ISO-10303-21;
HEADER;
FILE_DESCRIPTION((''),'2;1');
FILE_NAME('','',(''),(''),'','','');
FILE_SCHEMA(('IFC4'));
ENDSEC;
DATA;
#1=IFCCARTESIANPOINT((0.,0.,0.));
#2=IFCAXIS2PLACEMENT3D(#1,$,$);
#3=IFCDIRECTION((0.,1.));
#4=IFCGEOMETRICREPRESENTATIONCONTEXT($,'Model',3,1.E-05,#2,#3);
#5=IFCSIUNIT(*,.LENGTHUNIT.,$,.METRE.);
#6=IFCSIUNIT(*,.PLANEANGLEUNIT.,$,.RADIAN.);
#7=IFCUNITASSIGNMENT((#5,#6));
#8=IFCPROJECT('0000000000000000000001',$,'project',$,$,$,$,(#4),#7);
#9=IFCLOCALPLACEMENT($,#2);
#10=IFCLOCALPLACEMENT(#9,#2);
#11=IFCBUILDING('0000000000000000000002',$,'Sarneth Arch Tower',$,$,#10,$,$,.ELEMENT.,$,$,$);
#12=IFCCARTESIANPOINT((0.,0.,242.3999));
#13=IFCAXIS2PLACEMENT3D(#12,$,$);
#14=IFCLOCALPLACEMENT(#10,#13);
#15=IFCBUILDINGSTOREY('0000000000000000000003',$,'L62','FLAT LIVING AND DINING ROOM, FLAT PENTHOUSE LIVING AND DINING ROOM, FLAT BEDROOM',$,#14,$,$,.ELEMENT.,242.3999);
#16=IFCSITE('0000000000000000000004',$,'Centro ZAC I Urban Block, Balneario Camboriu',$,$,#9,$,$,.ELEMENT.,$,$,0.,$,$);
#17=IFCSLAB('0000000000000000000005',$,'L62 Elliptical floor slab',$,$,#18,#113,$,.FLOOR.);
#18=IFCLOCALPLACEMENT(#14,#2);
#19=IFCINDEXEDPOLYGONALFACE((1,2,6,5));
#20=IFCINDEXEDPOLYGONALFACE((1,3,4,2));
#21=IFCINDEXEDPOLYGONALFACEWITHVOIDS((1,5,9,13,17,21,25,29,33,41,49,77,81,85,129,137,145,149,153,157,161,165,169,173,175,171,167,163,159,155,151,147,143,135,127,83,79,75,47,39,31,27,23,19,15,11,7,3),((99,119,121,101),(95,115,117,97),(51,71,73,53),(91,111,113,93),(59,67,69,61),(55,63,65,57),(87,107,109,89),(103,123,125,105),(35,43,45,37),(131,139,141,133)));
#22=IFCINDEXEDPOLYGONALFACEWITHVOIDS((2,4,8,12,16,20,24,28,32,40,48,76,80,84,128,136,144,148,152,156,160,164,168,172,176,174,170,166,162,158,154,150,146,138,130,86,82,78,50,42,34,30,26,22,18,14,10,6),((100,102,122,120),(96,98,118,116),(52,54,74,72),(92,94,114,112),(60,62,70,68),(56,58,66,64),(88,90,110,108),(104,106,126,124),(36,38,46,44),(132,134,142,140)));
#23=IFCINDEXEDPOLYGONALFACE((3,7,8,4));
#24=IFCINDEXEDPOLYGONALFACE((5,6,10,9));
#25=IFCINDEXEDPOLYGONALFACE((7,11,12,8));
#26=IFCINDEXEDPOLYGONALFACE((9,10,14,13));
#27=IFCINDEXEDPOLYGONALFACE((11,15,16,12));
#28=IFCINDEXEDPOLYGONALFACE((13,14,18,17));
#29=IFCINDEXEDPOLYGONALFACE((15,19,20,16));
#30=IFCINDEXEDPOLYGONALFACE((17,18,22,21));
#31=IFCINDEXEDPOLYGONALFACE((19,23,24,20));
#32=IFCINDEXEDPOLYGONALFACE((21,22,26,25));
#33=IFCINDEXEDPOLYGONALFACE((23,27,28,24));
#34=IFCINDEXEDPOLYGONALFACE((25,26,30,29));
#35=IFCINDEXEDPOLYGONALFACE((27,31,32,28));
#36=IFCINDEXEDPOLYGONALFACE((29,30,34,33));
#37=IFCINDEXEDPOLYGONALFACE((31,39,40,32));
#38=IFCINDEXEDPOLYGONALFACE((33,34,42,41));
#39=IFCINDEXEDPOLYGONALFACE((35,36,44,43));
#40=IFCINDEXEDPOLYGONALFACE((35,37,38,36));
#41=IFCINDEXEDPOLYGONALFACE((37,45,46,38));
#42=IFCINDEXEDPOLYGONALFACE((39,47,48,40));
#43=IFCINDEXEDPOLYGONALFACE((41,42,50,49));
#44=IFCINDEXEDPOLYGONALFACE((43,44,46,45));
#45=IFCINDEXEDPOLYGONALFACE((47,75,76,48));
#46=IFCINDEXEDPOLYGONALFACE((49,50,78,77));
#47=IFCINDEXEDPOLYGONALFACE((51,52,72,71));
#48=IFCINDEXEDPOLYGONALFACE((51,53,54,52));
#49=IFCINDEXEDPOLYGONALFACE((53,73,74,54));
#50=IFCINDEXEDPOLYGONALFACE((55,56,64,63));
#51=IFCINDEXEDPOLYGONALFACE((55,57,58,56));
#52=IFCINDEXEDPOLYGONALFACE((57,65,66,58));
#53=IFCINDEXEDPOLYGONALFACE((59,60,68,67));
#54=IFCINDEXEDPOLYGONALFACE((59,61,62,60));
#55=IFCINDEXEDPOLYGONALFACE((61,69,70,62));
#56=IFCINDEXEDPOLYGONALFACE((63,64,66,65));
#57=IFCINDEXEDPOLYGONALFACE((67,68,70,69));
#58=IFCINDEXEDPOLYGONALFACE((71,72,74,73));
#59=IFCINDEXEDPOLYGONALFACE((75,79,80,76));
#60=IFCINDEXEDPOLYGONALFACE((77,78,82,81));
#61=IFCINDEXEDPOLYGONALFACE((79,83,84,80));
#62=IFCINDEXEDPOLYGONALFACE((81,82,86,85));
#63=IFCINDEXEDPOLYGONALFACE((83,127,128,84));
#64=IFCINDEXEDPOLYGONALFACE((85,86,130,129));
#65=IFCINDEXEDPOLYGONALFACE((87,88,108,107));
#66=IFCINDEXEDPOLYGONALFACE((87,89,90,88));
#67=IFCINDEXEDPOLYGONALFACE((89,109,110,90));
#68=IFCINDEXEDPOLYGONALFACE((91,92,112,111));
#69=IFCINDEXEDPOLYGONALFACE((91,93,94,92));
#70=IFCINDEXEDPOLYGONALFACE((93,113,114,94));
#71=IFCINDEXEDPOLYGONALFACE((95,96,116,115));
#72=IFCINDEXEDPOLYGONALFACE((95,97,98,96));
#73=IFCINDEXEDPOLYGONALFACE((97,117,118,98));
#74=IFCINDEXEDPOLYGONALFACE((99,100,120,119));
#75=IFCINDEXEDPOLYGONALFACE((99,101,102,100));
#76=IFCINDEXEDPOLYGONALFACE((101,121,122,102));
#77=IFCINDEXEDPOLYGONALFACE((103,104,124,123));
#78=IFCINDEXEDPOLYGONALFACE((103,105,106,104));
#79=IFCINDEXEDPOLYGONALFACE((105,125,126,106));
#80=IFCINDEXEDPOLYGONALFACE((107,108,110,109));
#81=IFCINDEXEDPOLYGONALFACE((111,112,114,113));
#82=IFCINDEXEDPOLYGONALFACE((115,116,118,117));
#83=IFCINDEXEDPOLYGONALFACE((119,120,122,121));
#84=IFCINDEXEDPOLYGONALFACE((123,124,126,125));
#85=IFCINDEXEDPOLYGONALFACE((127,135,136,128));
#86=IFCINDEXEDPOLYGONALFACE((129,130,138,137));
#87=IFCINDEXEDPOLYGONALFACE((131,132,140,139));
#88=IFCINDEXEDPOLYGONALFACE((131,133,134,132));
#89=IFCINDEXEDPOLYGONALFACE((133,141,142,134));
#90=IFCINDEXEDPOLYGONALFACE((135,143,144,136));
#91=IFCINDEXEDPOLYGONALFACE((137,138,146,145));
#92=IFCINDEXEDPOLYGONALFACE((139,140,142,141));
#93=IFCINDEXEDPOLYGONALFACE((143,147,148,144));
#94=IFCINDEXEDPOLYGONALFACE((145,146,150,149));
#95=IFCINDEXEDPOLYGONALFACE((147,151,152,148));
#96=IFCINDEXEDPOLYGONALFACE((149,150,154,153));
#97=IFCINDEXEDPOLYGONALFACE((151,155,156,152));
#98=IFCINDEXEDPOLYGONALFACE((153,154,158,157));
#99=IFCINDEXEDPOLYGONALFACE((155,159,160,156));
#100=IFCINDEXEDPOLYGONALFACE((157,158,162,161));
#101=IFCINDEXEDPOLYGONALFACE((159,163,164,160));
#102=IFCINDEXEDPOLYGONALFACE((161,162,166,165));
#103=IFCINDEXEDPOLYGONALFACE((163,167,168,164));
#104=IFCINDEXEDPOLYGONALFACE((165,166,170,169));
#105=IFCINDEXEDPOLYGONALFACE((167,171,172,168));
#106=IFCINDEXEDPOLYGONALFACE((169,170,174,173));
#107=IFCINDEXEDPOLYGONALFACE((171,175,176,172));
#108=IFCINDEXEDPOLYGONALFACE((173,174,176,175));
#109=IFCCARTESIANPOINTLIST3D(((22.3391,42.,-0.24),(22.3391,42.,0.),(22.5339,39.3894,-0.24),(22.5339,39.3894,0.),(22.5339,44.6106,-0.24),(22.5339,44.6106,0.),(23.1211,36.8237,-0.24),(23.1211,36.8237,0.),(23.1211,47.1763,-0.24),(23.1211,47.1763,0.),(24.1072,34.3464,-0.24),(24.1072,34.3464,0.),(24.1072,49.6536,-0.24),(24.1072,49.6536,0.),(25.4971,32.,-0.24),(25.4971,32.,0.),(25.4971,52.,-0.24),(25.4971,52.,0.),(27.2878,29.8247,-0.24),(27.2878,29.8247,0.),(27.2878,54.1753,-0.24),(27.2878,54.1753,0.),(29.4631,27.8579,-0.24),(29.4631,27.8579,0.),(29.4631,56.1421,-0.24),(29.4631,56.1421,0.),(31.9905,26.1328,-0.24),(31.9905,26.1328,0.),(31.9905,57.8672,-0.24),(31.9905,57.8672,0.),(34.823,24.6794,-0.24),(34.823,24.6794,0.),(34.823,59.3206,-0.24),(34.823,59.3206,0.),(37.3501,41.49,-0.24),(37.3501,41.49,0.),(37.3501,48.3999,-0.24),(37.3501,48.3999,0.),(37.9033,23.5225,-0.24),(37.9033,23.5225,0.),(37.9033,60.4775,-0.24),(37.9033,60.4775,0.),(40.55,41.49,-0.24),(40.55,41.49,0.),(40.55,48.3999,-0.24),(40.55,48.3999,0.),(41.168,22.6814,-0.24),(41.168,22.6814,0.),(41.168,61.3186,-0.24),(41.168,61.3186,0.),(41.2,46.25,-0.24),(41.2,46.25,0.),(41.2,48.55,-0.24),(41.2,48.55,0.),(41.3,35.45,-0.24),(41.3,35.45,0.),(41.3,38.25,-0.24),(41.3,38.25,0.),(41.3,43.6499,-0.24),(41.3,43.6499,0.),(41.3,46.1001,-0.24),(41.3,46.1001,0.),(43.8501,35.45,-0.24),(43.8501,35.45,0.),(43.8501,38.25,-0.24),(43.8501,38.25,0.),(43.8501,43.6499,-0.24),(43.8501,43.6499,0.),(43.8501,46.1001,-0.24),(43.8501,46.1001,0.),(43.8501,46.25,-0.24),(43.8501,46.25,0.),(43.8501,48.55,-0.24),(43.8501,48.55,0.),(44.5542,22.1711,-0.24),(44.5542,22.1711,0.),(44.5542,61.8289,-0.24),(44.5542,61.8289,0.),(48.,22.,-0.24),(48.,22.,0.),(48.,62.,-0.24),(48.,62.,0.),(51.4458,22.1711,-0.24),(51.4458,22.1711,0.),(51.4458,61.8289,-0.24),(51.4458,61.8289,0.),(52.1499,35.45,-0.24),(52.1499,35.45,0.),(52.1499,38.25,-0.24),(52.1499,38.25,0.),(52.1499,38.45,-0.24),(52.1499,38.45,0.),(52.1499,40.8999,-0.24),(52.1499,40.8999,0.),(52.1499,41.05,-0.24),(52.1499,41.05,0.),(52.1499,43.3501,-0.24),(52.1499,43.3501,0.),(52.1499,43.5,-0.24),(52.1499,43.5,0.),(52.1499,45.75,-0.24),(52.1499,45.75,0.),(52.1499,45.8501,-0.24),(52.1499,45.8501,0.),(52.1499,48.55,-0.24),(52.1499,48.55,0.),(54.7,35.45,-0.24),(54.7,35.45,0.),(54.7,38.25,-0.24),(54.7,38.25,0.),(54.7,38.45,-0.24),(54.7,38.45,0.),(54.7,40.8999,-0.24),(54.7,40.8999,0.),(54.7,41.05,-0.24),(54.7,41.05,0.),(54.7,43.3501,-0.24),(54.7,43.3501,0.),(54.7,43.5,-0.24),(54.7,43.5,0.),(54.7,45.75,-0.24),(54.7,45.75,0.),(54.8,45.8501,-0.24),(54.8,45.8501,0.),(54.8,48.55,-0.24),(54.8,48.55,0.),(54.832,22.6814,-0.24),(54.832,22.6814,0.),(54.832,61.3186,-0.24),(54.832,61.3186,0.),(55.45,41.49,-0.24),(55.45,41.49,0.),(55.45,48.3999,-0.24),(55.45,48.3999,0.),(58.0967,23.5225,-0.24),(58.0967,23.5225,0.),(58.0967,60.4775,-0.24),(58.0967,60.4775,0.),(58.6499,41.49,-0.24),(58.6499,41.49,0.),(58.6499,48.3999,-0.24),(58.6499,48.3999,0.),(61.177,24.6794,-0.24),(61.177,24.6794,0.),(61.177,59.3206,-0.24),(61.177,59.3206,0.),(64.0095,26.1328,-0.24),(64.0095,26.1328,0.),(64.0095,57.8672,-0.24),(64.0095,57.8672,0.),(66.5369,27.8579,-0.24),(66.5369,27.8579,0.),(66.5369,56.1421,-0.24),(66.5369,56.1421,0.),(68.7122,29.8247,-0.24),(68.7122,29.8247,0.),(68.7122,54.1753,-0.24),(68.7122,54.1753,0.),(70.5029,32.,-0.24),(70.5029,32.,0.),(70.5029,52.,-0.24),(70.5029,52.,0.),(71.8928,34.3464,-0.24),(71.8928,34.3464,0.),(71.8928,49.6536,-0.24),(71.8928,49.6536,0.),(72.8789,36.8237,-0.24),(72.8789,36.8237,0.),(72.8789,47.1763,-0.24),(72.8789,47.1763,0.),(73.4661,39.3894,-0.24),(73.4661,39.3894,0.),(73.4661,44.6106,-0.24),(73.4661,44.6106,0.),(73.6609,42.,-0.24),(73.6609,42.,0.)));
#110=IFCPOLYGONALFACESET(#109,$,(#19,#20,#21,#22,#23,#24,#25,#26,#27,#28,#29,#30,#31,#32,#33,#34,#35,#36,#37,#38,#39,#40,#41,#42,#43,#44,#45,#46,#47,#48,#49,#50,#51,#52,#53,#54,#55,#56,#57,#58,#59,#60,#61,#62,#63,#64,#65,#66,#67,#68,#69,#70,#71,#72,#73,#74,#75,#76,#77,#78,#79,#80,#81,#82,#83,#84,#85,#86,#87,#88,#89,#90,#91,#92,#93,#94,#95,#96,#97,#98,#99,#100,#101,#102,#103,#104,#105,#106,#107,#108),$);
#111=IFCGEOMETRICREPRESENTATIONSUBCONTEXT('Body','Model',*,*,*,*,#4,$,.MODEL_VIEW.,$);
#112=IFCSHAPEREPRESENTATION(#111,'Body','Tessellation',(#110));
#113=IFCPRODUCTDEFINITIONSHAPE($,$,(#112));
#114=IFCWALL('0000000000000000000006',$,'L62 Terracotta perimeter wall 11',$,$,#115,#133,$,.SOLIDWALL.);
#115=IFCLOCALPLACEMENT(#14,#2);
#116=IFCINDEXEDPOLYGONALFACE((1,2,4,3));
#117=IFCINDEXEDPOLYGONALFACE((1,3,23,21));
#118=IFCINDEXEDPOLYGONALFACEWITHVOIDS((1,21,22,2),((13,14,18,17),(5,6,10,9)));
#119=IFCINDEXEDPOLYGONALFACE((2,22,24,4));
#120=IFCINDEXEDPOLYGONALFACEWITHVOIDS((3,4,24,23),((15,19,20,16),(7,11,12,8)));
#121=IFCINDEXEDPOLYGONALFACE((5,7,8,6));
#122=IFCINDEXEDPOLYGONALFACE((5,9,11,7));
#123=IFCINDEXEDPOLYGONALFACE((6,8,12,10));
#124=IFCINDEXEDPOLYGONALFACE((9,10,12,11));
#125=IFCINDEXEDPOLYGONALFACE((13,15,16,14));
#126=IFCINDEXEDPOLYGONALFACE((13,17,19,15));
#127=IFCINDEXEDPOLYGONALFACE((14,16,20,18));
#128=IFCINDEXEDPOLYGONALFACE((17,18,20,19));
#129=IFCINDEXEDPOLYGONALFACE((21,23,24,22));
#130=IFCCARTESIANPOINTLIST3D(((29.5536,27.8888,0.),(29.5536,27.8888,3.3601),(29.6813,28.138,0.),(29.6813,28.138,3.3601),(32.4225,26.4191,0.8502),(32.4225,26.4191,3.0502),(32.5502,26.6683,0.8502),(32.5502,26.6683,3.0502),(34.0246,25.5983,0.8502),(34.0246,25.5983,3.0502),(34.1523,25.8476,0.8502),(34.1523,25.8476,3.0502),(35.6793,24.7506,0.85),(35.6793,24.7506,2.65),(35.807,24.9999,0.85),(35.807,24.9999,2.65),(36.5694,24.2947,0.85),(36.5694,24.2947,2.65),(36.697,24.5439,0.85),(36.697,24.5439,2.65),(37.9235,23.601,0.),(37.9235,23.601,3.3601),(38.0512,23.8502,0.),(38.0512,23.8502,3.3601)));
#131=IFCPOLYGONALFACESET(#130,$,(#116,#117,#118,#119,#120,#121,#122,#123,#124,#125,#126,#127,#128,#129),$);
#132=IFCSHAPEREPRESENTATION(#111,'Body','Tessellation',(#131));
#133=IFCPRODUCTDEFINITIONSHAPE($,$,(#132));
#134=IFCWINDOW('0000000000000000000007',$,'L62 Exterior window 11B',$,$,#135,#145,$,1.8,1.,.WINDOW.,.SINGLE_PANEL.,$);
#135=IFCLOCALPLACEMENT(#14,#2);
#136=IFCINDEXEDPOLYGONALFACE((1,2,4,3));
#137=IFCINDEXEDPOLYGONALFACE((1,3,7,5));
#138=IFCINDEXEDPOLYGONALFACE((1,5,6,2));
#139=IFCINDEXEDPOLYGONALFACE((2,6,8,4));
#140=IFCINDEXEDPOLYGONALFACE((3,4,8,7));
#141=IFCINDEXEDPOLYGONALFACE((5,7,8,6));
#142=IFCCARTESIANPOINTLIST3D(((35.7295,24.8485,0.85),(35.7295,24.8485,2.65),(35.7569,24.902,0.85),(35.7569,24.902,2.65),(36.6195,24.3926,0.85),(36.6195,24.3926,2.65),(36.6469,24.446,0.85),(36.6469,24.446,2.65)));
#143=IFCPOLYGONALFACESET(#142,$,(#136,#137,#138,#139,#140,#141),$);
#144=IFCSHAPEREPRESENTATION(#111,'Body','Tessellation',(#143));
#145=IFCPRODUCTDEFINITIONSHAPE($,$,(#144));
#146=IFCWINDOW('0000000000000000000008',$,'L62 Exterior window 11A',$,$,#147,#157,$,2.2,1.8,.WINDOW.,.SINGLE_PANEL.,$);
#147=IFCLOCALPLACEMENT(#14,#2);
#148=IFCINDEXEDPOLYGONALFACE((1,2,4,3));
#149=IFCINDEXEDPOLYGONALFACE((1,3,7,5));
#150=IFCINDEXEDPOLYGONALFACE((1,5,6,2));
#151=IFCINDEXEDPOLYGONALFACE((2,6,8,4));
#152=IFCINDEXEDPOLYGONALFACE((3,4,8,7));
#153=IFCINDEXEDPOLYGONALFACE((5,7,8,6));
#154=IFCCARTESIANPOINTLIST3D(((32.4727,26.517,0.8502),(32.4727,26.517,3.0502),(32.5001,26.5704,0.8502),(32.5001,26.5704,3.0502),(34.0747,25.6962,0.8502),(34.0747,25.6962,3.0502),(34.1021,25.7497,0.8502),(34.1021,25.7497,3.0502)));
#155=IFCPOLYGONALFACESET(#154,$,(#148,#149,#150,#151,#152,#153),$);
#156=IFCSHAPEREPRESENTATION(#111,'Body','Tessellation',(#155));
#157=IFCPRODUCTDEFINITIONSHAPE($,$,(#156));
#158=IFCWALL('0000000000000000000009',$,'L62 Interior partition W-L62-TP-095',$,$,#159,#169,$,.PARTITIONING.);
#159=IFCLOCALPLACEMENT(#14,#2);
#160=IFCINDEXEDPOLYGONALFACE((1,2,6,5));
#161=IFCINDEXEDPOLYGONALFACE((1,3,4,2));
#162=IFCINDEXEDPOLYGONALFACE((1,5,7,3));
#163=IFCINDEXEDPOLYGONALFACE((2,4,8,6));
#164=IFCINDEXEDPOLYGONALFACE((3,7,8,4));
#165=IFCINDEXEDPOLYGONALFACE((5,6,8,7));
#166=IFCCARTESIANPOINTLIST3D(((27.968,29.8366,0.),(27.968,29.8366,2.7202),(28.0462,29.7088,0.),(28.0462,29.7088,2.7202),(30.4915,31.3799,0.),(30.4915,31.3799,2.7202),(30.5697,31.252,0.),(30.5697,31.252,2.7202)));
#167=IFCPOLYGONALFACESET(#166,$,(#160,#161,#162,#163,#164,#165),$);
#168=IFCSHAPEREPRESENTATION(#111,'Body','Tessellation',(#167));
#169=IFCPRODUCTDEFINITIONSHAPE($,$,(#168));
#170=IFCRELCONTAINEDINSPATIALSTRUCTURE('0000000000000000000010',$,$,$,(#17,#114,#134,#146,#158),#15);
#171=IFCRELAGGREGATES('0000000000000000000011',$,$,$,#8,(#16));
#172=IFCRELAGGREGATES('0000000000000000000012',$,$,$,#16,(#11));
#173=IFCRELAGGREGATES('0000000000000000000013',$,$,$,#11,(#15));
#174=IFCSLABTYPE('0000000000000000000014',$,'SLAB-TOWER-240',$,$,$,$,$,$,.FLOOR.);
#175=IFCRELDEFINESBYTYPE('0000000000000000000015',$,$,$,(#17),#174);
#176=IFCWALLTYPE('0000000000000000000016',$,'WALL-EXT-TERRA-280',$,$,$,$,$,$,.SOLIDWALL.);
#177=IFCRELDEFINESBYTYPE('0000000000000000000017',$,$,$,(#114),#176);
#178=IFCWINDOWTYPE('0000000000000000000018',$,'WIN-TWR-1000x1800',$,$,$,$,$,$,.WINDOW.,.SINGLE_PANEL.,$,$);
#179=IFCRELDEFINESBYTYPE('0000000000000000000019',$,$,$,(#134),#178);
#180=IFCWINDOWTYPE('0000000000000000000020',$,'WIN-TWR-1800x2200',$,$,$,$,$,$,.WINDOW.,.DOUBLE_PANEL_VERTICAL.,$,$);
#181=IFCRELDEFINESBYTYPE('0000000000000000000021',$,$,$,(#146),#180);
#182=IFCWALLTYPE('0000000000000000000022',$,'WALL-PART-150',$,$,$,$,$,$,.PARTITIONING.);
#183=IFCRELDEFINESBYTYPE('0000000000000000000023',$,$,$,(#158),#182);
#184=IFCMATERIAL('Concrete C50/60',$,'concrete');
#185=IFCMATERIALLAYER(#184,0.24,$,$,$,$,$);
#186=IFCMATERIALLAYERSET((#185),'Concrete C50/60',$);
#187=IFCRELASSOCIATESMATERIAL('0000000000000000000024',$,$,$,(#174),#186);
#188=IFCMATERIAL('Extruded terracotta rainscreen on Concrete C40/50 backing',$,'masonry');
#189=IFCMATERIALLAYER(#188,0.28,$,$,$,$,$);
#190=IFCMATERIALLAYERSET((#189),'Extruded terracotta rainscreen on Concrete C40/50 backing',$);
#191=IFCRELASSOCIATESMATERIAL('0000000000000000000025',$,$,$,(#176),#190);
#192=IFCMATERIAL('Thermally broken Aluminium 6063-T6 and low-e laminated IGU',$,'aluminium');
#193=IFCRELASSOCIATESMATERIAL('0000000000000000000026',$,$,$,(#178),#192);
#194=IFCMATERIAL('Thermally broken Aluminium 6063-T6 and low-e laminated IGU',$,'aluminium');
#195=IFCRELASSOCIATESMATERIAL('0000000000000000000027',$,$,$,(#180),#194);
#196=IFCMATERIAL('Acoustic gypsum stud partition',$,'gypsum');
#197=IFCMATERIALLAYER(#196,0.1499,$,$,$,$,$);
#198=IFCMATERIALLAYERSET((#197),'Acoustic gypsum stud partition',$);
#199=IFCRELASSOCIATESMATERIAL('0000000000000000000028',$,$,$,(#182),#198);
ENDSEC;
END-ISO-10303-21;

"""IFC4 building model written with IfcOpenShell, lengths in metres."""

from ifc_helpers import new_model, si_unit, direction, frame, frame_2d, origin, place, context, subcontext, project, spatial, polyline, rectangle, outline, extrude, material, layer, layer_set, type_object, element, fill, save


model = new_model("IFC4")

# Units and contexts
model_context = context("Model", 3, precision=1e-05, world=origin(), true_north=direction((0.0, 1.0)))
body_context = subcontext(model_context, "Body", "Model", "MODEL_VIEW")
ifc_project = project(units=[si_unit("LENGTHUNIT", "METRE"), si_unit("PLANEANGLEUNIT", "RADIAN")], contexts=[model_context])

# Site, building, storey
site_placement = place(None, origin())
site = spatial("IfcSite", under=ifc_project, at=site_placement, Name="Centro ZAC I Urban Block, Balneario Camboriu", CompositionType="ELEMENT", RefElevation=0.0)
building_placement = place(site_placement, origin())
building = spatial("IfcBuilding", under=site, at=building_placement, Name="Sarneth Arch Tower", CompositionType="ELEMENT")
storey_placement = place(building_placement, frame((0.0, 0.0, 242.3999)))
storey = spatial("IfcBuildingStorey", under=building, at=storey_placement, Name="L62", Description="FLAT LIVING AND DINING ROOM, FLAT PENTHOUSE LIVING AND DINING ROOM, FLAT BEDROOM", CompositionType="ELEMENT", Elevation=242.3999)

# Slab
ifc_material_1 = material(Name="Concrete C50/60", Category="concrete")
ifc_layer_1 = layer(ifc_material_1, 0.24)
ifc_layer_set_1 = layer_set([ifc_layer_1], Name="Concrete C50/60")
slab_type_1 = type_object("IfcSlabType", Name="SLAB-TOWER-240", PredefinedType="FLOOR", material=ifc_layer_set_1)
slab_1_placement = place(storey_placement, frame((0.0, 0.0, -0.24)))
element("IfcSlab", 1, at=slab_1_placement, inside=storey, type_object=slab_type_1, Name="L62 Elliptical floor slab", PredefinedType="FLOOR", context=body_context, shape_type="SweptSolid", body=[
    extrude(outline(polyline([(73.6609, 42.0), (73.4661, 44.6106), (72.8789, 47.1763), (71.8928, 49.6536), (70.5029, 52.0), (68.7122, 54.1753), (66.5369, 56.1421), (64.0095, 57.8672), (61.177, 59.3206), (58.0967, 60.4775), (54.832, 61.3186), (51.4458, 61.8289), (48.0, 62.0), (44.5542, 61.8289), (41.168, 61.3186), (37.9033, 60.4775), (34.823, 59.3206), (31.9905, 57.8672), (29.4631, 56.1421), (27.2878, 54.1753), (25.4971, 52.0), (24.1072, 49.6536), (23.1211, 47.1763), (22.5339, 44.6106), (22.3391, 42.0), (22.5339, 39.3894), (23.1211, 36.8237), (24.1072, 34.3464), (25.4971, 32.0), (27.2878, 29.8247), (29.4631, 27.8579), (31.9905, 26.1328), (34.823, 24.6794), (37.9033, 23.5225), (41.168, 22.6814), (44.5542, 22.1711), (48.0, 22.0), (51.4458, 22.1711), (54.832, 22.6814), (58.0967, 23.5225), (61.177, 24.6794), (64.0095, 26.1328), (66.5369, 27.8579), (68.7122, 29.8247), (70.5029, 32.0), (71.8928, 34.3464), (72.8789, 36.8237), (73.4661, 39.3894), (73.6609, 42.0)]), holes=[polyline([(37.3501, 41.49), (40.55, 41.49), (40.55, 48.3999), (37.3501, 48.3999), (37.3501, 41.49)]), polyline([(55.45, 41.49), (58.6499, 41.49), (58.6499, 48.3999), (55.45, 48.3999), (55.45, 41.49)]), polyline([(41.2, 46.25), (43.8501, 46.25), (43.8501, 48.55), (41.2, 48.55), (41.2, 46.25)]), polyline([(41.3, 35.45), (43.8501, 35.45), (43.8501, 38.25), (41.3, 38.25), (41.3, 35.45)]), polyline([(52.1499, 35.45), (54.7, 35.45), (54.7, 38.25), (52.1499, 38.25), (52.1499, 35.45)]), polyline([(52.1499, 45.8501), (54.8, 45.8501), (54.8, 48.55), (52.1499, 48.55), (52.1499, 45.8501)]), polyline([(41.3, 43.6499), (43.8501, 43.6499), (43.8501, 46.1001), (41.3, 46.1001), (41.3, 43.6499)]), polyline([(52.1499, 38.45), (54.7, 38.45), (54.7, 40.8999), (52.1499, 40.8999), (52.1499, 38.45)]), polyline([(52.1499, 41.05), (54.7, 41.05), (54.7, 43.3501), (52.1499, 43.3501), (52.1499, 41.05)]), polyline([(52.1499, 43.5), (54.7, 43.5), (54.7, 45.75), (52.1499, 45.75), (52.1499, 43.5)])]), origin(), (0.0, 0.0, 1.0), 0.24),
])

# Wall, openings, windows
ifc_material_2 = material(Name="Extruded terracotta rainscreen on Concrete C40/50 backing", Category="masonry")
ifc_layer_2 = layer(ifc_material_2, 0.28)
ifc_layer_set_2 = layer_set([ifc_layer_2], Name="Extruded terracotta rainscreen on Concrete C40/50 backing")
wall_type_1 = type_object("IfcWallType", Name="WALL-EXT-TERRA-280", PredefinedType="SOLIDWALL", material=ifc_layer_set_2)
wall_1_placement = place(storey_placement, frame((29.6174, 28.0134, 0.0), z_axis=(0.0, 0.0, 1.0), x_axis=(0.890007, -0.455946, 0.0)))
wall_1 = element("IfcWall", 2, at=wall_1_placement, inside=storey, type_object=wall_type_1, Name="L62 Terracotta perimeter wall 11", PredefinedType="SOLIDWALL", context=body_context, shape_type="SweptSolid", body=[
    extrude(rectangle(XDim=9.4043, YDim=0.28, at=frame_2d((4.7021, 0.0))), origin(), (0.0, 0.0, 1.0), 3.3601),
])
opening_1_placement = place(wall_1_placement, frame((3.2236, 0.0, 0.8501)))
opening_1 = element("IfcOpeningElement", 3, at=opening_1_placement, cuts=wall_1, PredefinedType="OPENING", context=body_context, shape_type="SweptSolid", body=[
    extrude(rectangle(XDim=1.8, YDim=2.2, at=frame_2d((0.8999, 1.1001))), frame((0.0, 0.1499, 0.0), z_axis=(0.0, -1.0, 0.0), x_axis=(1.0, 0.0, 0.0)), (0.0, 0.0, 1.0), 0.3),
])
opening_2_placement = place(wall_1_placement, frame((6.8828, 0.0, 0.8501)))
opening_2 = element("IfcOpeningElement", 4, at=opening_2_placement, cuts=wall_1, PredefinedType="OPENING", context=body_context, shape_type="SweptSolid", body=[
    extrude(rectangle(XDim=1.0, YDim=1.8, at=frame_2d((0.5, 0.8999))), frame((0.0, 0.1499, 0.0), z_axis=(0.0, -1.0, 0.0), x_axis=(1.0, 0.0, 0.0)), (0.0, 0.0, 1.0), 0.3),
])
ifc_material_3 = material(Name="Thermally broken Aluminium 6063-T6 and low-e laminated IGU", Category="aluminium")
window_type_1 = type_object("IfcWindowType", Name="WIN-TWR-1000x1800", PartitioningType="SINGLE_PANEL", PredefinedType="WINDOW", material=ifc_material_3)
window_1_placement = place(opening_2_placement, origin())
window_1 = element("IfcWindow", 5, at=window_1_placement, inside=storey, type_object=window_type_1, Name="L62 Exterior window 11B", OverallHeight=1.8, OverallWidth=1.0, PartitioningType="SINGLE_PANEL", PredefinedType="WINDOW", context=body_context, shape_type="SweptSolid", body=[
    extrude(rectangle(XDim=1.0, YDim=1.8, at=frame_2d((0.5, 0.8999))), frame((0.0, 0.03, 0.0), z_axis=(0.0, -1.0, 0.0), x_axis=(1.0, 0.0, 0.0)), (0.0, 0.0, 1.0), 0.0601),
])
fill(opening_2, window_1)
ifc_material_4 = material(Name="Thermally broken Aluminium 6063-T6 and low-e laminated IGU", Category="aluminium")
window_type_2 = type_object("IfcWindowType", Name="WIN-TWR-1800x2200", PartitioningType="DOUBLE_PANEL_VERTICAL", PredefinedType="WINDOW", material=ifc_material_4)
window_2_placement = place(opening_1_placement, origin())
window_2 = element("IfcWindow", 6, at=window_2_placement, inside=storey, type_object=window_type_2, Name="L62 Exterior window 11A", OverallHeight=2.2, OverallWidth=1.8, PartitioningType="SINGLE_PANEL", PredefinedType="WINDOW", context=body_context, shape_type="SweptSolid", body=[
    extrude(rectangle(XDim=1.8, YDim=2.2, at=frame_2d((0.8999, 1.1001))), frame((0.0, 0.03, 0.0), z_axis=(0.0, -1.0, 0.0), x_axis=(1.0, 0.0, 0.0)), (0.0, 0.0, 1.0), 0.0601),
])
fill(opening_1, window_2)

# Wall
ifc_material_5 = material(Name="Acoustic gypsum stud partition", Category="gypsum")
ifc_layer_3 = layer(ifc_material_5, 0.1499)
ifc_layer_set_3 = layer_set([ifc_layer_3], Name="Acoustic gypsum stud partition")
wall_type_2 = type_object("IfcWallType", Name="WALL-PART-150", PredefinedType="PARTITIONING", material=ifc_layer_set_3)
wall_2_placement = place(storey_placement, frame((28.0071, 29.7727, 0.0), z_axis=(0.0, 0.0, 1.0), x_axis=(0.853114, 0.521724, 0.0)))
element("IfcWall", 7, at=wall_2_placement, inside=storey, type_object=wall_type_2, Name="L62 Interior partition W-L62-TP-095", PredefinedType="PARTITIONING", context=body_context, shape_type="SweptSolid", body=[
    extrude(rectangle(XDim=2.958, YDim=0.1499, at=frame_2d((1.479, 0.0))), origin(), (0.0, 0.0, 1.0), 2.7202),
])

save(model, "model.ifc")
